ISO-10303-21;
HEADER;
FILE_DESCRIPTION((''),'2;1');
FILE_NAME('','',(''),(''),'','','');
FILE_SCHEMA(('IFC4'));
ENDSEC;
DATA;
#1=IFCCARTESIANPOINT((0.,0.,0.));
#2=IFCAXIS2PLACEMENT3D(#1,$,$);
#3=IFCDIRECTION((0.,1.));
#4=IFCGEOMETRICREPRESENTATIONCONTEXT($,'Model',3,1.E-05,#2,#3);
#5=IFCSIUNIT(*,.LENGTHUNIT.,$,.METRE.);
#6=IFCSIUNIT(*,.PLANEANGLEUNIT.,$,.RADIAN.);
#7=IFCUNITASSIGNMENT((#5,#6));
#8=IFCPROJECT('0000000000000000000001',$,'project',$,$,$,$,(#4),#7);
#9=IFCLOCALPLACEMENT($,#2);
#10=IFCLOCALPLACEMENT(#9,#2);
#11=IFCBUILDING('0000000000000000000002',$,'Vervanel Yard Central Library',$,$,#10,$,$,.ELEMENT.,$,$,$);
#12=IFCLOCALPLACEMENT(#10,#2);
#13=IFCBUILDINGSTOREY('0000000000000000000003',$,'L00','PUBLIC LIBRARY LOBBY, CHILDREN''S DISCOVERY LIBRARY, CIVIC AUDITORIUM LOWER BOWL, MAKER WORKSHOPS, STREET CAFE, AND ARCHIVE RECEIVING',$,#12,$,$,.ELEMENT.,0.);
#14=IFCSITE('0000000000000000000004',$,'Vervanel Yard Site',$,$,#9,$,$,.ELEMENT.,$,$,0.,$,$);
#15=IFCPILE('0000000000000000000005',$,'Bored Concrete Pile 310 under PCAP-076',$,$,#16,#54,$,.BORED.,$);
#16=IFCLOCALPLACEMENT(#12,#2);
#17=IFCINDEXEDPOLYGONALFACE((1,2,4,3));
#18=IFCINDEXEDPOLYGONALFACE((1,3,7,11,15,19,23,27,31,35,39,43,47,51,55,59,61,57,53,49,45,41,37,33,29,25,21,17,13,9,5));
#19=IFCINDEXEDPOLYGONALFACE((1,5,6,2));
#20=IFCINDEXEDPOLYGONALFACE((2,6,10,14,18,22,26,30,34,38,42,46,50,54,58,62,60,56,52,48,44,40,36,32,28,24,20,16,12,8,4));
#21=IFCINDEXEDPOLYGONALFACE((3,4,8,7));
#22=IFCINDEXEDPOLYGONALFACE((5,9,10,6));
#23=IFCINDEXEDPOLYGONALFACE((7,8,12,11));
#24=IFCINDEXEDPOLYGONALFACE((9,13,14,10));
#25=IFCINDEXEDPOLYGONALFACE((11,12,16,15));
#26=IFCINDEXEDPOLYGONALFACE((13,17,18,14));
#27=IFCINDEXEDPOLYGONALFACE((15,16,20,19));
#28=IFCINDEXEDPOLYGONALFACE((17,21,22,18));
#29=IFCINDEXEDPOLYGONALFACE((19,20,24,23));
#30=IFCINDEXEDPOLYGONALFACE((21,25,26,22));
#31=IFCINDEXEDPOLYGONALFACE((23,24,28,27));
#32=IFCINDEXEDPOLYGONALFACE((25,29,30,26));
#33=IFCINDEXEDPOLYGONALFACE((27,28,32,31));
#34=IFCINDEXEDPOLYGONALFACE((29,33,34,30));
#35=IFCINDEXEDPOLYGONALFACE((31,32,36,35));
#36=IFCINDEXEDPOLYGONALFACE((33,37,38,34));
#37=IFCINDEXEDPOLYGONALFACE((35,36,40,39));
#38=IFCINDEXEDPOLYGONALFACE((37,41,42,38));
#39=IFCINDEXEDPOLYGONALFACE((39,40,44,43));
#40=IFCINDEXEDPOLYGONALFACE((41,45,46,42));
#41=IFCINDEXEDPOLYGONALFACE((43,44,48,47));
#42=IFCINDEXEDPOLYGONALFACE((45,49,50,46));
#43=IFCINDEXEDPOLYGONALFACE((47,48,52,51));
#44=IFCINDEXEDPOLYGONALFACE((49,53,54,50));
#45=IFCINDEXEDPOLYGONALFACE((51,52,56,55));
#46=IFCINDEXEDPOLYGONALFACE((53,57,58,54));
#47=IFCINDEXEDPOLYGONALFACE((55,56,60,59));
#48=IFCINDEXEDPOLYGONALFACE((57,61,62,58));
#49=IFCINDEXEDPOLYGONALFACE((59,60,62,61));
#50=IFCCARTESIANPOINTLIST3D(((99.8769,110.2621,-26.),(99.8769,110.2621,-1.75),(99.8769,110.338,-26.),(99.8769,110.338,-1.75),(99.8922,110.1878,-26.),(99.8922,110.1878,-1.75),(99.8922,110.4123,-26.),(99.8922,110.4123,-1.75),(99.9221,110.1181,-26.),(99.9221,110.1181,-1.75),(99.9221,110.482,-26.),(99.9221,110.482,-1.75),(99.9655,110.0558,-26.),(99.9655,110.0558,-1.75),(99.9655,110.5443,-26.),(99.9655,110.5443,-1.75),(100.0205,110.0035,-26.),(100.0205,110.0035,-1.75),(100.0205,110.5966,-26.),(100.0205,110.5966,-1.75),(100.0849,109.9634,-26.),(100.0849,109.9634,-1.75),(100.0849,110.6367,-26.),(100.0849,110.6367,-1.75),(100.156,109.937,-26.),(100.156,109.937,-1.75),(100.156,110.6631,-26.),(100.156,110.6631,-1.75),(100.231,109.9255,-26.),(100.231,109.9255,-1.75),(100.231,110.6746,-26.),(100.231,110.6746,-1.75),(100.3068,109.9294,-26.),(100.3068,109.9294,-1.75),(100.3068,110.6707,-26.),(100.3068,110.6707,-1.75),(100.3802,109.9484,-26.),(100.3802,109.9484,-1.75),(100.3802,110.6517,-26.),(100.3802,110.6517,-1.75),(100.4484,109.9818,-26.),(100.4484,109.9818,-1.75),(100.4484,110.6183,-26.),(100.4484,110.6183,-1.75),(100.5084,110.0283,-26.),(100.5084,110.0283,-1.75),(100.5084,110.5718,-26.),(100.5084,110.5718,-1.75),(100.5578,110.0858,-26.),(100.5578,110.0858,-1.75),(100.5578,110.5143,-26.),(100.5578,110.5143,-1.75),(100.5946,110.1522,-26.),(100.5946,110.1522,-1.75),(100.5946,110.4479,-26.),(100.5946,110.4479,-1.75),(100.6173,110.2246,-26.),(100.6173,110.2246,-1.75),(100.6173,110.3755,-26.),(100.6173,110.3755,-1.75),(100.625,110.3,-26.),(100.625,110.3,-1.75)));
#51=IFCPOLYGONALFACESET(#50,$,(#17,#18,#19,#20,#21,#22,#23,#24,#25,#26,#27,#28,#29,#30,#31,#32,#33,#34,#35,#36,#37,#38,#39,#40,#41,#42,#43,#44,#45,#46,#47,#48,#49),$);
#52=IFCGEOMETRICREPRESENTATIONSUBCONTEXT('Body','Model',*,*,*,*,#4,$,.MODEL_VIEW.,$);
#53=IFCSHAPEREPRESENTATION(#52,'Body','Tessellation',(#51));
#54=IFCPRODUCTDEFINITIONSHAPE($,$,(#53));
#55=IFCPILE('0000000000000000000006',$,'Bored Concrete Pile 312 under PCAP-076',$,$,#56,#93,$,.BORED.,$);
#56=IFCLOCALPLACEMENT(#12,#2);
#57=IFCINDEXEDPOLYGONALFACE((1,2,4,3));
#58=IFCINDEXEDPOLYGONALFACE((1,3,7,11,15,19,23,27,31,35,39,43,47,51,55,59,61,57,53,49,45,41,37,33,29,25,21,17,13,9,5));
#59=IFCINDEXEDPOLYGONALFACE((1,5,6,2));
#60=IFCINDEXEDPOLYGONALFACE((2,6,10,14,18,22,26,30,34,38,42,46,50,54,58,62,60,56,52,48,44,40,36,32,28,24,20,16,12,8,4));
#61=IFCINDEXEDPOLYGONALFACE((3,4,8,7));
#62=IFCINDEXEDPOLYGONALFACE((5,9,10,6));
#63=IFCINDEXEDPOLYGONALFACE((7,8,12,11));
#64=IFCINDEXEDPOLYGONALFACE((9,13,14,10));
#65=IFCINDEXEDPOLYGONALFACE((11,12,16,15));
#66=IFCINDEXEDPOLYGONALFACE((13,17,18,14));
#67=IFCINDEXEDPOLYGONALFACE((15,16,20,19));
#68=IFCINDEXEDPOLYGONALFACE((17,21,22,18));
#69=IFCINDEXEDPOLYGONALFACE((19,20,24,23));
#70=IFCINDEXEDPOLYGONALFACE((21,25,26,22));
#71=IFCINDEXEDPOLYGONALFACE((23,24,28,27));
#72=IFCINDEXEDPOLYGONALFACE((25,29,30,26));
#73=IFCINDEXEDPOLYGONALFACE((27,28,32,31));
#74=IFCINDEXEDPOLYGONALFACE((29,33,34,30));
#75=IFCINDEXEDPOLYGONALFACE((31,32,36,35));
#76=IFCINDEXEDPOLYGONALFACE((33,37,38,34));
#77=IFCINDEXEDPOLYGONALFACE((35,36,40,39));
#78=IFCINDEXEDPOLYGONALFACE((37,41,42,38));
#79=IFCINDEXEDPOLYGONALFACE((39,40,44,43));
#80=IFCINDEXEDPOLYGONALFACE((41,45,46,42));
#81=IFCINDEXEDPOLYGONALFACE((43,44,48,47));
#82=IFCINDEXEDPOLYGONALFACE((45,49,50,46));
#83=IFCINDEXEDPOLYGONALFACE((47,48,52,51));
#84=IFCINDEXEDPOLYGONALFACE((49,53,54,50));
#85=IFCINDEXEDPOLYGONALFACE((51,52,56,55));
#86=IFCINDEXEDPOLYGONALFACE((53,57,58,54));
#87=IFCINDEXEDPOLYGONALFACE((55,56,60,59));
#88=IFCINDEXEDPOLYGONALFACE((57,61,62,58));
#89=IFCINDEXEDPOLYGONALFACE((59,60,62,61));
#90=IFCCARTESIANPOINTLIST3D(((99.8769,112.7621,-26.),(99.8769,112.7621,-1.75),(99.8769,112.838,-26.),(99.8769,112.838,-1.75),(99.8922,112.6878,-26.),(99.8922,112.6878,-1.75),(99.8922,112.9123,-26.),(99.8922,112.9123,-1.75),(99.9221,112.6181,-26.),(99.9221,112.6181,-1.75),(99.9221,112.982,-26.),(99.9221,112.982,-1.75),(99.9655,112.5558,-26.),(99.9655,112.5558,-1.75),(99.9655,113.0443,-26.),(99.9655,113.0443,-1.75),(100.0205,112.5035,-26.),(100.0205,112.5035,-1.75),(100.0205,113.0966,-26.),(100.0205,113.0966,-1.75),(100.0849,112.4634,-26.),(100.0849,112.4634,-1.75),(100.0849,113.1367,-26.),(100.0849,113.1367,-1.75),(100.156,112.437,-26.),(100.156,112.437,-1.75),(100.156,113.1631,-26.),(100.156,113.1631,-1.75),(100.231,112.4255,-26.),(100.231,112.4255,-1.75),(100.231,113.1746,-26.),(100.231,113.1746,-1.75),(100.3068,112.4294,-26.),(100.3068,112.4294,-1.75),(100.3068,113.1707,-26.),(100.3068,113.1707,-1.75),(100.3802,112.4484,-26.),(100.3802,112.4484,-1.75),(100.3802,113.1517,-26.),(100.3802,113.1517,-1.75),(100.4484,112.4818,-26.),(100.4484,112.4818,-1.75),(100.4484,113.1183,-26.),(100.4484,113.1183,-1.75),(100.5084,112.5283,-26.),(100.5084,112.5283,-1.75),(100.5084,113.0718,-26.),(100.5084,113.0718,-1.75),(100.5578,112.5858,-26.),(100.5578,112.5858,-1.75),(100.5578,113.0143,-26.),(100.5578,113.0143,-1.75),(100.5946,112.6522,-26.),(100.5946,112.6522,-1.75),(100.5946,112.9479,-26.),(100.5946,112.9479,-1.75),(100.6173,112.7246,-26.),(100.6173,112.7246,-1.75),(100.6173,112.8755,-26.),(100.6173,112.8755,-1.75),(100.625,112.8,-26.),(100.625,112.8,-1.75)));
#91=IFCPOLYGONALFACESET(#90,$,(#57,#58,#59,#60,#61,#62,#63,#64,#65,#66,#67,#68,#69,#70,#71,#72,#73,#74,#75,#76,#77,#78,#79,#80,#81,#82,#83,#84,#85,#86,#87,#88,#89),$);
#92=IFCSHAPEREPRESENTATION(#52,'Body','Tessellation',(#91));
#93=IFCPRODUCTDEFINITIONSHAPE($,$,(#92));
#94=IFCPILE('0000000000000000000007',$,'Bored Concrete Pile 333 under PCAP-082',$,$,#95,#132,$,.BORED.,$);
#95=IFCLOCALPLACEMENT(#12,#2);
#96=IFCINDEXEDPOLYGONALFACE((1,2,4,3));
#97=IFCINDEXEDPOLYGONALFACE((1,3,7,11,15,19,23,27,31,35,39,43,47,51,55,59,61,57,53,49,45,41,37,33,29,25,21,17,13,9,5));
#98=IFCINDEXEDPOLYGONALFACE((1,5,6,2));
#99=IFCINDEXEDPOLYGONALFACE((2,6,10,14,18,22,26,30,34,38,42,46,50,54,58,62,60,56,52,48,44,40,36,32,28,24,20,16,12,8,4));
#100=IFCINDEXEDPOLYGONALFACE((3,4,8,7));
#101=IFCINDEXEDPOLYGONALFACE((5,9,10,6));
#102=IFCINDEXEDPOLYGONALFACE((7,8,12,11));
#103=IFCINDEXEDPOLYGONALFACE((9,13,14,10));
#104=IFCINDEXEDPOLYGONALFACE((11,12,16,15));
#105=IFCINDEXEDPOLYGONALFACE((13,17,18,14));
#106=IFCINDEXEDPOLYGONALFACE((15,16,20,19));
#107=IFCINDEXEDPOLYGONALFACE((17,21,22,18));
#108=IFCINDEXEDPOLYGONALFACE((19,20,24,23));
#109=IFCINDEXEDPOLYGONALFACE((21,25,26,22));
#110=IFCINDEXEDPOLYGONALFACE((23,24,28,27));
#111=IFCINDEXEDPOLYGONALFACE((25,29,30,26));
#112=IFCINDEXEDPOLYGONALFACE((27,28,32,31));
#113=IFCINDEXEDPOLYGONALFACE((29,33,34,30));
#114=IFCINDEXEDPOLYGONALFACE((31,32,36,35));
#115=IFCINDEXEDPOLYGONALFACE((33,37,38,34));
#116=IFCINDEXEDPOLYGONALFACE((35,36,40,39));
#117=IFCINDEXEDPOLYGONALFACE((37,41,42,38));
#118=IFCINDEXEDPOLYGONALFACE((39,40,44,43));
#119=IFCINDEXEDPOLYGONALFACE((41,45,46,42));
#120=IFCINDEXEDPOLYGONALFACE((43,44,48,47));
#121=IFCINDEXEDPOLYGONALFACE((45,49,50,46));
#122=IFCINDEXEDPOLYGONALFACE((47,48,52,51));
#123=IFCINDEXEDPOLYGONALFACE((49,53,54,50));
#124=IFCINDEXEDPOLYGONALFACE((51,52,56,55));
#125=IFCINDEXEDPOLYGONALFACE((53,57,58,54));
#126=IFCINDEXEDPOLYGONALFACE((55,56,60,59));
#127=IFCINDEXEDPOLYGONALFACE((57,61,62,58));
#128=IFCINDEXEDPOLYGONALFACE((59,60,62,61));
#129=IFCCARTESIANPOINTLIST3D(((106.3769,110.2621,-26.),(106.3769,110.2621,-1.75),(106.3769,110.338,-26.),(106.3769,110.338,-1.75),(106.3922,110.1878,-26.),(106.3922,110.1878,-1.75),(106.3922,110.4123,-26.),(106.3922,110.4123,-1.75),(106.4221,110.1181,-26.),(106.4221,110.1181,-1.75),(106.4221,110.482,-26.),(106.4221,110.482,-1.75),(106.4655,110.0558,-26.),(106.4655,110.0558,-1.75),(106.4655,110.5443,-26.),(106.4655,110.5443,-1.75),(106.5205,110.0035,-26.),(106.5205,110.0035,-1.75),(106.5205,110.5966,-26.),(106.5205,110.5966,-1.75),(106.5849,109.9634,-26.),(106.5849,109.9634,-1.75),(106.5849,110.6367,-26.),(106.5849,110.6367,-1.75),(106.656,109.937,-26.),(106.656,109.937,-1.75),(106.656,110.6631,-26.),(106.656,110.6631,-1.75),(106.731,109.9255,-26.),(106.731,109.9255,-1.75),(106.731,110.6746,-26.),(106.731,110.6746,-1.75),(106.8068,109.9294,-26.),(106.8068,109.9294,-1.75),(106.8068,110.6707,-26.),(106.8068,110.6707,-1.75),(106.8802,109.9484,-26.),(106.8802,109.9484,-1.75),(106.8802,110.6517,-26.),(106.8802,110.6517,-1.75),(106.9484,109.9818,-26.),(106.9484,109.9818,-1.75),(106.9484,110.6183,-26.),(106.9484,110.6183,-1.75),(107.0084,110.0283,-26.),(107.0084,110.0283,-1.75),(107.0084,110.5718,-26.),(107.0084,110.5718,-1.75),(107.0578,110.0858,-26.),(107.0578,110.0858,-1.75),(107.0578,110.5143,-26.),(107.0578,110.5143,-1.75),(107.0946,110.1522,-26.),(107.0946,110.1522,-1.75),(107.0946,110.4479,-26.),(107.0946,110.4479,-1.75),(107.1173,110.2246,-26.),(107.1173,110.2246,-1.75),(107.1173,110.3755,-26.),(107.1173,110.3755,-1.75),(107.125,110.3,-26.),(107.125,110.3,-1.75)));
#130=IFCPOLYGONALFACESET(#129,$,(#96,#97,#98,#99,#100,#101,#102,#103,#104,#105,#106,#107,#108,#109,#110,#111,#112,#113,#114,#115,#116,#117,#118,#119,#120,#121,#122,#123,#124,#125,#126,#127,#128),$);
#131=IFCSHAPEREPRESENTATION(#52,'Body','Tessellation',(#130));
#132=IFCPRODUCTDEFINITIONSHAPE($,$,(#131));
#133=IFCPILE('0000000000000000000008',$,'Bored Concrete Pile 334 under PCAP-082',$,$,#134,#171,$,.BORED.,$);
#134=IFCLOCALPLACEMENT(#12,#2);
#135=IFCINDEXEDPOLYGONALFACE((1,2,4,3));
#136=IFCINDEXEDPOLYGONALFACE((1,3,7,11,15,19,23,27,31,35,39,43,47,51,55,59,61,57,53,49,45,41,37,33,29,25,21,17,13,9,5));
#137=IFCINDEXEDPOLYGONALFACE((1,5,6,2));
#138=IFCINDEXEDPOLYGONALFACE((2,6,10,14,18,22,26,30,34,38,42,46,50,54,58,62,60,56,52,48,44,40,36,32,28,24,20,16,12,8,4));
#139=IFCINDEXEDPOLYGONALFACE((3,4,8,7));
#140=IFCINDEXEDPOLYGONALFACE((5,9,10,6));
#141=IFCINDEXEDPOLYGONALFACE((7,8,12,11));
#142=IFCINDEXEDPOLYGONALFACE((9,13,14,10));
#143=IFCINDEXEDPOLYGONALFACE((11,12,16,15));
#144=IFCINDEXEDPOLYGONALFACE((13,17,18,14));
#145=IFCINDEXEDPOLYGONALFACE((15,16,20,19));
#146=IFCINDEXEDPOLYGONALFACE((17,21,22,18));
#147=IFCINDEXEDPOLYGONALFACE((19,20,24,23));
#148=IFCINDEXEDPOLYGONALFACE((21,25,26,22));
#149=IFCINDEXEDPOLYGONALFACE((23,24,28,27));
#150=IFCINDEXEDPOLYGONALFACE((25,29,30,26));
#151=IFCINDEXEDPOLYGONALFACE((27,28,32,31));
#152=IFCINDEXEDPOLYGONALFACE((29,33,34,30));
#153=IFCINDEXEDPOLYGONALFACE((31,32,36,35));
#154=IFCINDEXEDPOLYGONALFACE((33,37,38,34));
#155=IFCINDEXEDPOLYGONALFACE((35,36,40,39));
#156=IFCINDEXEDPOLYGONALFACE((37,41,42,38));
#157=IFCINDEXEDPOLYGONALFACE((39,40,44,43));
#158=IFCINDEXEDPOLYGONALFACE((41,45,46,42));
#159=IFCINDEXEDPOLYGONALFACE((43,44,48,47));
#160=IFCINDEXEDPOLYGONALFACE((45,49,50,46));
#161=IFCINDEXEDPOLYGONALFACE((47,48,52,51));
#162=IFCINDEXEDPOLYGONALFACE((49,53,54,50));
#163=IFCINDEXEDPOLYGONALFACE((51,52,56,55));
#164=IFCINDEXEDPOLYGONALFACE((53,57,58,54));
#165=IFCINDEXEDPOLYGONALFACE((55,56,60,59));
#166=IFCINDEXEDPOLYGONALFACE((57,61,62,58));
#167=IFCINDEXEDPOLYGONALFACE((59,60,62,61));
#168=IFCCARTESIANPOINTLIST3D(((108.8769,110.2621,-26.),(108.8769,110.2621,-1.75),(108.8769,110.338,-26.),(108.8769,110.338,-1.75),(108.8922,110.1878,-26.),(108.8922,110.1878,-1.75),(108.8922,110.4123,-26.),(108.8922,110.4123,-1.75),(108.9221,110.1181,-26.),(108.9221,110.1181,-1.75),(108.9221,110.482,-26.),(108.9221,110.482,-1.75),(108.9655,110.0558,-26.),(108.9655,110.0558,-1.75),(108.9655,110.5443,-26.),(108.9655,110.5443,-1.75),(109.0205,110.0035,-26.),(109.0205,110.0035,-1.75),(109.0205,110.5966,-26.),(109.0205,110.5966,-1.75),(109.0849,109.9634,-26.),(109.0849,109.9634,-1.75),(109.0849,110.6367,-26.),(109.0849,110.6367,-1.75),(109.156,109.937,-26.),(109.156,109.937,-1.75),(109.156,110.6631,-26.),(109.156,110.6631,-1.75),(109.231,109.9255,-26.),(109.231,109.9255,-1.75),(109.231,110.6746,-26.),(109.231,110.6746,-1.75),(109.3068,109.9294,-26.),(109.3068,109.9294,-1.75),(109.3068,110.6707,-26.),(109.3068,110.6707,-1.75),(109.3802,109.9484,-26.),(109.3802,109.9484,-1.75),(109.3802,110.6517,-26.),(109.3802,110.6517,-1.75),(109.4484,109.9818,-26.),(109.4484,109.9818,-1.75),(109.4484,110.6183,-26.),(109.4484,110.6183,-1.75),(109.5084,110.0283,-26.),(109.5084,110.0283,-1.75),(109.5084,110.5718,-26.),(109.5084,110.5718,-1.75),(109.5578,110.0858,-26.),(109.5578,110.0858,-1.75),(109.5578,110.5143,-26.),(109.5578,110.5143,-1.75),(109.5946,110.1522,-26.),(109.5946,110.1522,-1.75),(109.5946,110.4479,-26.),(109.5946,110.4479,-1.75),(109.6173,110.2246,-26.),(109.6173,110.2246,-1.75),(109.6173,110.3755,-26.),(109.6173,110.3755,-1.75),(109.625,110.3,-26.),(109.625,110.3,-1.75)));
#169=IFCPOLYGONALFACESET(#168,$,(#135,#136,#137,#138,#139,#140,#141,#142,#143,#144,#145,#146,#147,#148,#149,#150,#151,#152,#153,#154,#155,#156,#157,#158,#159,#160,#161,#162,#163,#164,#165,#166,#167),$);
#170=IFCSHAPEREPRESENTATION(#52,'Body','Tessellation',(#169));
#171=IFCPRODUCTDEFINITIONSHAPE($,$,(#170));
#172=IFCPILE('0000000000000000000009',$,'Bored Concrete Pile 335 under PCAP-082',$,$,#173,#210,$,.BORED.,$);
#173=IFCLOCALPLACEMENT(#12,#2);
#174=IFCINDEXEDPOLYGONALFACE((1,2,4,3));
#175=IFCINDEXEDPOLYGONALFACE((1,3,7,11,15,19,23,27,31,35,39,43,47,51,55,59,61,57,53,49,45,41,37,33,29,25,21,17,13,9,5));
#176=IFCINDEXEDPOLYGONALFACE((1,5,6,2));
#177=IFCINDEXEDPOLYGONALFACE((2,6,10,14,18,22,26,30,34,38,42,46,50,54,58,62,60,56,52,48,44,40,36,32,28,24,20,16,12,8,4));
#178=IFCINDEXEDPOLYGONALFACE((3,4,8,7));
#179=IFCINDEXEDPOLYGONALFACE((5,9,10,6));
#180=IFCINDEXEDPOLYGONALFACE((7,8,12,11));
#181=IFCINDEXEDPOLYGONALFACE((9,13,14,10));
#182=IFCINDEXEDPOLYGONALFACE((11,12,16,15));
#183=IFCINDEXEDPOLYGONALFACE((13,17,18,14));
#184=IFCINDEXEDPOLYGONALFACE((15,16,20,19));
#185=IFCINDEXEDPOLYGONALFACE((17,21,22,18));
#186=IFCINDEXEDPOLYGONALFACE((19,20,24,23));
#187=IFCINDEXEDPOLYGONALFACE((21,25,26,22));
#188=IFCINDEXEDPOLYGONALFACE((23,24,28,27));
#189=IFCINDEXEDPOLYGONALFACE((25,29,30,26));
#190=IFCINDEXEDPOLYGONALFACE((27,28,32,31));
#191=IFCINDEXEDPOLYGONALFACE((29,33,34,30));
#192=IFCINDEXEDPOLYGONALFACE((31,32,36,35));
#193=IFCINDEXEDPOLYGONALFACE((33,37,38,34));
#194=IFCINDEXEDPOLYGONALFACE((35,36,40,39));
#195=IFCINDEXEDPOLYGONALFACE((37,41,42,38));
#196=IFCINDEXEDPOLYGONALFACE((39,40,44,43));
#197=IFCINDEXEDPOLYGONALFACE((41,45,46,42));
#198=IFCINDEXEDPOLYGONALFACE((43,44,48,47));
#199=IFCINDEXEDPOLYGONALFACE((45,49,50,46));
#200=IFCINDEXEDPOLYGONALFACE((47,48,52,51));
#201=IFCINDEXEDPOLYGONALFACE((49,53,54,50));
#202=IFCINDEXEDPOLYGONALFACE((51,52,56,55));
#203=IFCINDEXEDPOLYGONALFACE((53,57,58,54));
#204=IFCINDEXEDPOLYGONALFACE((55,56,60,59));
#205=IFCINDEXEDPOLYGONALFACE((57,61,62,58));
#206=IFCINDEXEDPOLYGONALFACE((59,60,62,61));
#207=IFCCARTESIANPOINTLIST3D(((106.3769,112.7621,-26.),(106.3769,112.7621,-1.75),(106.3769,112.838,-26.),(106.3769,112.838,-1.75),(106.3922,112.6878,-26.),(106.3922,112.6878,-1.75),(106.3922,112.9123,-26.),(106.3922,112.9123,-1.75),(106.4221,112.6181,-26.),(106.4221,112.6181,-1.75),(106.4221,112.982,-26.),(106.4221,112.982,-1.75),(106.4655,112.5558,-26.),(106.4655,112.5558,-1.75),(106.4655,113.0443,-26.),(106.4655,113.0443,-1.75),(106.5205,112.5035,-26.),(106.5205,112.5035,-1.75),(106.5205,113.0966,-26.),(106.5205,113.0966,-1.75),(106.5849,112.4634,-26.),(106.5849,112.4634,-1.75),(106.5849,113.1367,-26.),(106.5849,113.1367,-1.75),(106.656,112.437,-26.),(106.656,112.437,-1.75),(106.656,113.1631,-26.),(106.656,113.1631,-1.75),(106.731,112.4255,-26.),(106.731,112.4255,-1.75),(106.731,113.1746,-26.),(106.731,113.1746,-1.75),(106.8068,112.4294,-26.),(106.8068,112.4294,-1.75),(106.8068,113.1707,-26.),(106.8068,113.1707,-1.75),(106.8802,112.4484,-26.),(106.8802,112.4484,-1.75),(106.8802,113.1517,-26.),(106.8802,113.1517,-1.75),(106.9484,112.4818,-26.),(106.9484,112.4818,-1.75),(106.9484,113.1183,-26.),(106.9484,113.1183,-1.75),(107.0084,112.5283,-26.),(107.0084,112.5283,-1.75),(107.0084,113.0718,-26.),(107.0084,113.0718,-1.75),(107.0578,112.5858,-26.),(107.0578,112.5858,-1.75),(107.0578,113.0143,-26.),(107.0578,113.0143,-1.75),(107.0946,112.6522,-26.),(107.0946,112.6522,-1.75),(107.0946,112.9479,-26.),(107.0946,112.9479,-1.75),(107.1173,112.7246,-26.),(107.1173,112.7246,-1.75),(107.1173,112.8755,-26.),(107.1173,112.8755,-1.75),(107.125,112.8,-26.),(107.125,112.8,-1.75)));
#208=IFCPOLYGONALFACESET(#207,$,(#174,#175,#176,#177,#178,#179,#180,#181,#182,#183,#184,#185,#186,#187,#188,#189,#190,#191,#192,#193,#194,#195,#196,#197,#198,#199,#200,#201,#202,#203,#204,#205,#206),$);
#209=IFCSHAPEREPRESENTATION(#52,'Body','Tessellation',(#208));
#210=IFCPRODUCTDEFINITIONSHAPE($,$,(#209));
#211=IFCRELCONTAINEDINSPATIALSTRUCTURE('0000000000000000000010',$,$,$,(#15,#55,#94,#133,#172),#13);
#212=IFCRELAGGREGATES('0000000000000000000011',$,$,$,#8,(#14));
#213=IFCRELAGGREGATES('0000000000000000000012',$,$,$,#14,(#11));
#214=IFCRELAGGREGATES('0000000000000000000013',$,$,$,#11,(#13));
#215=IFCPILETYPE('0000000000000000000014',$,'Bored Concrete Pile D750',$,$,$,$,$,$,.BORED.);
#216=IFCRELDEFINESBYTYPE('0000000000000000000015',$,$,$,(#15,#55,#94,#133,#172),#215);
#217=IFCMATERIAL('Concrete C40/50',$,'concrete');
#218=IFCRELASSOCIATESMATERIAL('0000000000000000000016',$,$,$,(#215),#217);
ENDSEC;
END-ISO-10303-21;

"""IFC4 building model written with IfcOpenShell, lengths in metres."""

from ifc_helpers import new_model, si_unit, direction, frame, origin, origin_2d, place, context, subcontext, project, spatial, circle, extrude, material, material_profile, profile_set, type_object, element, save


model = new_model("IFC4")

# Units and contexts
model_context = context("Model", 3, precision=1e-05, world=origin(), true_north=direction((0.0, 1.0)))
body_context = subcontext(model_context, "Body", "Model", "MODEL_VIEW")
ifc_project = project(units=[si_unit("LENGTHUNIT", "METRE"), si_unit("PLANEANGLEUNIT", "RADIAN")], contexts=[model_context])

# Site, building, storey
site_placement = place(None, origin())
site = spatial("IfcSite", under=ifc_project, at=site_placement, Name="Vervanel Yard Site", CompositionType="ELEMENT", RefElevation=0.0)
building_placement = place(site_placement, origin())
building = spatial("IfcBuilding", under=site, at=building_placement, Name="Vervanel Yard Central Library", CompositionType="ELEMENT")
storey_placement = place(building_placement, origin())
storey = spatial("IfcBuildingStorey", under=building, at=storey_placement, Name="L00", Description="PUBLIC LIBRARY LOBBY, CHILDREN'S DISCOVERY LIBRARY, CIVIC AUDITORIUM LOWER BOWL, MAKER WORKSHOPS, STREET CAFE, AND ARCHIVE RECEIVING", CompositionType="ELEMENT", Elevation=0.0)

# Piles
ifc_material_1 = material(Name="Concrete C40/50", Category="concrete")
ifc_material_profile_1 = material_profile(ifc_material_1, circle(Radius=0.375, at=origin_2d()), Name="BP D750", Category="concrete")
ifc_profile_set_1 = profile_set([ifc_material_profile_1], Name="Concrete C40/50")
pile_type_1 = type_object("IfcPileType", Name="Bored Concrete Pile D750", PredefinedType="BORED", material=ifc_profile_set_1)
for number, where, z_axis, x_axis, name in (
    (1, (100.25, 110.3, -1.75), (0.0, 0.0, -1.0), (1.0, 0.0, 0.0), "Bored Concrete Pile 310 under PCAP-076"),
    (2, (100.25, 112.8, -1.75), (0.0, 0.0, -1.0), (1.0, 0.0, 0.0), "Bored Concrete Pile 312 under PCAP-076"),
    (3, (106.75, 110.3, -1.75), (0.0, 0.0, -1.0), (1.0, 0.0, 0.0), "Bored Concrete Pile 333 under PCAP-082"),
    (4, (109.25, 110.3, -1.75), (0.0, 0.0, -1.0), (1.0, 0.0, 0.0), "Bored Concrete Pile 334 under PCAP-082"),
    (5, (106.75, 112.8, -1.75), (0.0, 0.0, -1.0), (1.0, 0.0, 0.0), "Bored Concrete Pile 335 under PCAP-082"),
):
    element("IfcPile", number, at=place(storey_placement, frame(where, z_axis=z_axis, x_axis=x_axis)), inside=storey, type_object=pile_type_1, Name=name, PredefinedType="BORED", context=body_context, shape_type="SweptSolid", body=[
        extrude(circle(Radius=0.375, at=origin_2d()), origin(), (0.0, 0.0, 1.0), 24.25),
    ])

save(model, "model.ifc")
